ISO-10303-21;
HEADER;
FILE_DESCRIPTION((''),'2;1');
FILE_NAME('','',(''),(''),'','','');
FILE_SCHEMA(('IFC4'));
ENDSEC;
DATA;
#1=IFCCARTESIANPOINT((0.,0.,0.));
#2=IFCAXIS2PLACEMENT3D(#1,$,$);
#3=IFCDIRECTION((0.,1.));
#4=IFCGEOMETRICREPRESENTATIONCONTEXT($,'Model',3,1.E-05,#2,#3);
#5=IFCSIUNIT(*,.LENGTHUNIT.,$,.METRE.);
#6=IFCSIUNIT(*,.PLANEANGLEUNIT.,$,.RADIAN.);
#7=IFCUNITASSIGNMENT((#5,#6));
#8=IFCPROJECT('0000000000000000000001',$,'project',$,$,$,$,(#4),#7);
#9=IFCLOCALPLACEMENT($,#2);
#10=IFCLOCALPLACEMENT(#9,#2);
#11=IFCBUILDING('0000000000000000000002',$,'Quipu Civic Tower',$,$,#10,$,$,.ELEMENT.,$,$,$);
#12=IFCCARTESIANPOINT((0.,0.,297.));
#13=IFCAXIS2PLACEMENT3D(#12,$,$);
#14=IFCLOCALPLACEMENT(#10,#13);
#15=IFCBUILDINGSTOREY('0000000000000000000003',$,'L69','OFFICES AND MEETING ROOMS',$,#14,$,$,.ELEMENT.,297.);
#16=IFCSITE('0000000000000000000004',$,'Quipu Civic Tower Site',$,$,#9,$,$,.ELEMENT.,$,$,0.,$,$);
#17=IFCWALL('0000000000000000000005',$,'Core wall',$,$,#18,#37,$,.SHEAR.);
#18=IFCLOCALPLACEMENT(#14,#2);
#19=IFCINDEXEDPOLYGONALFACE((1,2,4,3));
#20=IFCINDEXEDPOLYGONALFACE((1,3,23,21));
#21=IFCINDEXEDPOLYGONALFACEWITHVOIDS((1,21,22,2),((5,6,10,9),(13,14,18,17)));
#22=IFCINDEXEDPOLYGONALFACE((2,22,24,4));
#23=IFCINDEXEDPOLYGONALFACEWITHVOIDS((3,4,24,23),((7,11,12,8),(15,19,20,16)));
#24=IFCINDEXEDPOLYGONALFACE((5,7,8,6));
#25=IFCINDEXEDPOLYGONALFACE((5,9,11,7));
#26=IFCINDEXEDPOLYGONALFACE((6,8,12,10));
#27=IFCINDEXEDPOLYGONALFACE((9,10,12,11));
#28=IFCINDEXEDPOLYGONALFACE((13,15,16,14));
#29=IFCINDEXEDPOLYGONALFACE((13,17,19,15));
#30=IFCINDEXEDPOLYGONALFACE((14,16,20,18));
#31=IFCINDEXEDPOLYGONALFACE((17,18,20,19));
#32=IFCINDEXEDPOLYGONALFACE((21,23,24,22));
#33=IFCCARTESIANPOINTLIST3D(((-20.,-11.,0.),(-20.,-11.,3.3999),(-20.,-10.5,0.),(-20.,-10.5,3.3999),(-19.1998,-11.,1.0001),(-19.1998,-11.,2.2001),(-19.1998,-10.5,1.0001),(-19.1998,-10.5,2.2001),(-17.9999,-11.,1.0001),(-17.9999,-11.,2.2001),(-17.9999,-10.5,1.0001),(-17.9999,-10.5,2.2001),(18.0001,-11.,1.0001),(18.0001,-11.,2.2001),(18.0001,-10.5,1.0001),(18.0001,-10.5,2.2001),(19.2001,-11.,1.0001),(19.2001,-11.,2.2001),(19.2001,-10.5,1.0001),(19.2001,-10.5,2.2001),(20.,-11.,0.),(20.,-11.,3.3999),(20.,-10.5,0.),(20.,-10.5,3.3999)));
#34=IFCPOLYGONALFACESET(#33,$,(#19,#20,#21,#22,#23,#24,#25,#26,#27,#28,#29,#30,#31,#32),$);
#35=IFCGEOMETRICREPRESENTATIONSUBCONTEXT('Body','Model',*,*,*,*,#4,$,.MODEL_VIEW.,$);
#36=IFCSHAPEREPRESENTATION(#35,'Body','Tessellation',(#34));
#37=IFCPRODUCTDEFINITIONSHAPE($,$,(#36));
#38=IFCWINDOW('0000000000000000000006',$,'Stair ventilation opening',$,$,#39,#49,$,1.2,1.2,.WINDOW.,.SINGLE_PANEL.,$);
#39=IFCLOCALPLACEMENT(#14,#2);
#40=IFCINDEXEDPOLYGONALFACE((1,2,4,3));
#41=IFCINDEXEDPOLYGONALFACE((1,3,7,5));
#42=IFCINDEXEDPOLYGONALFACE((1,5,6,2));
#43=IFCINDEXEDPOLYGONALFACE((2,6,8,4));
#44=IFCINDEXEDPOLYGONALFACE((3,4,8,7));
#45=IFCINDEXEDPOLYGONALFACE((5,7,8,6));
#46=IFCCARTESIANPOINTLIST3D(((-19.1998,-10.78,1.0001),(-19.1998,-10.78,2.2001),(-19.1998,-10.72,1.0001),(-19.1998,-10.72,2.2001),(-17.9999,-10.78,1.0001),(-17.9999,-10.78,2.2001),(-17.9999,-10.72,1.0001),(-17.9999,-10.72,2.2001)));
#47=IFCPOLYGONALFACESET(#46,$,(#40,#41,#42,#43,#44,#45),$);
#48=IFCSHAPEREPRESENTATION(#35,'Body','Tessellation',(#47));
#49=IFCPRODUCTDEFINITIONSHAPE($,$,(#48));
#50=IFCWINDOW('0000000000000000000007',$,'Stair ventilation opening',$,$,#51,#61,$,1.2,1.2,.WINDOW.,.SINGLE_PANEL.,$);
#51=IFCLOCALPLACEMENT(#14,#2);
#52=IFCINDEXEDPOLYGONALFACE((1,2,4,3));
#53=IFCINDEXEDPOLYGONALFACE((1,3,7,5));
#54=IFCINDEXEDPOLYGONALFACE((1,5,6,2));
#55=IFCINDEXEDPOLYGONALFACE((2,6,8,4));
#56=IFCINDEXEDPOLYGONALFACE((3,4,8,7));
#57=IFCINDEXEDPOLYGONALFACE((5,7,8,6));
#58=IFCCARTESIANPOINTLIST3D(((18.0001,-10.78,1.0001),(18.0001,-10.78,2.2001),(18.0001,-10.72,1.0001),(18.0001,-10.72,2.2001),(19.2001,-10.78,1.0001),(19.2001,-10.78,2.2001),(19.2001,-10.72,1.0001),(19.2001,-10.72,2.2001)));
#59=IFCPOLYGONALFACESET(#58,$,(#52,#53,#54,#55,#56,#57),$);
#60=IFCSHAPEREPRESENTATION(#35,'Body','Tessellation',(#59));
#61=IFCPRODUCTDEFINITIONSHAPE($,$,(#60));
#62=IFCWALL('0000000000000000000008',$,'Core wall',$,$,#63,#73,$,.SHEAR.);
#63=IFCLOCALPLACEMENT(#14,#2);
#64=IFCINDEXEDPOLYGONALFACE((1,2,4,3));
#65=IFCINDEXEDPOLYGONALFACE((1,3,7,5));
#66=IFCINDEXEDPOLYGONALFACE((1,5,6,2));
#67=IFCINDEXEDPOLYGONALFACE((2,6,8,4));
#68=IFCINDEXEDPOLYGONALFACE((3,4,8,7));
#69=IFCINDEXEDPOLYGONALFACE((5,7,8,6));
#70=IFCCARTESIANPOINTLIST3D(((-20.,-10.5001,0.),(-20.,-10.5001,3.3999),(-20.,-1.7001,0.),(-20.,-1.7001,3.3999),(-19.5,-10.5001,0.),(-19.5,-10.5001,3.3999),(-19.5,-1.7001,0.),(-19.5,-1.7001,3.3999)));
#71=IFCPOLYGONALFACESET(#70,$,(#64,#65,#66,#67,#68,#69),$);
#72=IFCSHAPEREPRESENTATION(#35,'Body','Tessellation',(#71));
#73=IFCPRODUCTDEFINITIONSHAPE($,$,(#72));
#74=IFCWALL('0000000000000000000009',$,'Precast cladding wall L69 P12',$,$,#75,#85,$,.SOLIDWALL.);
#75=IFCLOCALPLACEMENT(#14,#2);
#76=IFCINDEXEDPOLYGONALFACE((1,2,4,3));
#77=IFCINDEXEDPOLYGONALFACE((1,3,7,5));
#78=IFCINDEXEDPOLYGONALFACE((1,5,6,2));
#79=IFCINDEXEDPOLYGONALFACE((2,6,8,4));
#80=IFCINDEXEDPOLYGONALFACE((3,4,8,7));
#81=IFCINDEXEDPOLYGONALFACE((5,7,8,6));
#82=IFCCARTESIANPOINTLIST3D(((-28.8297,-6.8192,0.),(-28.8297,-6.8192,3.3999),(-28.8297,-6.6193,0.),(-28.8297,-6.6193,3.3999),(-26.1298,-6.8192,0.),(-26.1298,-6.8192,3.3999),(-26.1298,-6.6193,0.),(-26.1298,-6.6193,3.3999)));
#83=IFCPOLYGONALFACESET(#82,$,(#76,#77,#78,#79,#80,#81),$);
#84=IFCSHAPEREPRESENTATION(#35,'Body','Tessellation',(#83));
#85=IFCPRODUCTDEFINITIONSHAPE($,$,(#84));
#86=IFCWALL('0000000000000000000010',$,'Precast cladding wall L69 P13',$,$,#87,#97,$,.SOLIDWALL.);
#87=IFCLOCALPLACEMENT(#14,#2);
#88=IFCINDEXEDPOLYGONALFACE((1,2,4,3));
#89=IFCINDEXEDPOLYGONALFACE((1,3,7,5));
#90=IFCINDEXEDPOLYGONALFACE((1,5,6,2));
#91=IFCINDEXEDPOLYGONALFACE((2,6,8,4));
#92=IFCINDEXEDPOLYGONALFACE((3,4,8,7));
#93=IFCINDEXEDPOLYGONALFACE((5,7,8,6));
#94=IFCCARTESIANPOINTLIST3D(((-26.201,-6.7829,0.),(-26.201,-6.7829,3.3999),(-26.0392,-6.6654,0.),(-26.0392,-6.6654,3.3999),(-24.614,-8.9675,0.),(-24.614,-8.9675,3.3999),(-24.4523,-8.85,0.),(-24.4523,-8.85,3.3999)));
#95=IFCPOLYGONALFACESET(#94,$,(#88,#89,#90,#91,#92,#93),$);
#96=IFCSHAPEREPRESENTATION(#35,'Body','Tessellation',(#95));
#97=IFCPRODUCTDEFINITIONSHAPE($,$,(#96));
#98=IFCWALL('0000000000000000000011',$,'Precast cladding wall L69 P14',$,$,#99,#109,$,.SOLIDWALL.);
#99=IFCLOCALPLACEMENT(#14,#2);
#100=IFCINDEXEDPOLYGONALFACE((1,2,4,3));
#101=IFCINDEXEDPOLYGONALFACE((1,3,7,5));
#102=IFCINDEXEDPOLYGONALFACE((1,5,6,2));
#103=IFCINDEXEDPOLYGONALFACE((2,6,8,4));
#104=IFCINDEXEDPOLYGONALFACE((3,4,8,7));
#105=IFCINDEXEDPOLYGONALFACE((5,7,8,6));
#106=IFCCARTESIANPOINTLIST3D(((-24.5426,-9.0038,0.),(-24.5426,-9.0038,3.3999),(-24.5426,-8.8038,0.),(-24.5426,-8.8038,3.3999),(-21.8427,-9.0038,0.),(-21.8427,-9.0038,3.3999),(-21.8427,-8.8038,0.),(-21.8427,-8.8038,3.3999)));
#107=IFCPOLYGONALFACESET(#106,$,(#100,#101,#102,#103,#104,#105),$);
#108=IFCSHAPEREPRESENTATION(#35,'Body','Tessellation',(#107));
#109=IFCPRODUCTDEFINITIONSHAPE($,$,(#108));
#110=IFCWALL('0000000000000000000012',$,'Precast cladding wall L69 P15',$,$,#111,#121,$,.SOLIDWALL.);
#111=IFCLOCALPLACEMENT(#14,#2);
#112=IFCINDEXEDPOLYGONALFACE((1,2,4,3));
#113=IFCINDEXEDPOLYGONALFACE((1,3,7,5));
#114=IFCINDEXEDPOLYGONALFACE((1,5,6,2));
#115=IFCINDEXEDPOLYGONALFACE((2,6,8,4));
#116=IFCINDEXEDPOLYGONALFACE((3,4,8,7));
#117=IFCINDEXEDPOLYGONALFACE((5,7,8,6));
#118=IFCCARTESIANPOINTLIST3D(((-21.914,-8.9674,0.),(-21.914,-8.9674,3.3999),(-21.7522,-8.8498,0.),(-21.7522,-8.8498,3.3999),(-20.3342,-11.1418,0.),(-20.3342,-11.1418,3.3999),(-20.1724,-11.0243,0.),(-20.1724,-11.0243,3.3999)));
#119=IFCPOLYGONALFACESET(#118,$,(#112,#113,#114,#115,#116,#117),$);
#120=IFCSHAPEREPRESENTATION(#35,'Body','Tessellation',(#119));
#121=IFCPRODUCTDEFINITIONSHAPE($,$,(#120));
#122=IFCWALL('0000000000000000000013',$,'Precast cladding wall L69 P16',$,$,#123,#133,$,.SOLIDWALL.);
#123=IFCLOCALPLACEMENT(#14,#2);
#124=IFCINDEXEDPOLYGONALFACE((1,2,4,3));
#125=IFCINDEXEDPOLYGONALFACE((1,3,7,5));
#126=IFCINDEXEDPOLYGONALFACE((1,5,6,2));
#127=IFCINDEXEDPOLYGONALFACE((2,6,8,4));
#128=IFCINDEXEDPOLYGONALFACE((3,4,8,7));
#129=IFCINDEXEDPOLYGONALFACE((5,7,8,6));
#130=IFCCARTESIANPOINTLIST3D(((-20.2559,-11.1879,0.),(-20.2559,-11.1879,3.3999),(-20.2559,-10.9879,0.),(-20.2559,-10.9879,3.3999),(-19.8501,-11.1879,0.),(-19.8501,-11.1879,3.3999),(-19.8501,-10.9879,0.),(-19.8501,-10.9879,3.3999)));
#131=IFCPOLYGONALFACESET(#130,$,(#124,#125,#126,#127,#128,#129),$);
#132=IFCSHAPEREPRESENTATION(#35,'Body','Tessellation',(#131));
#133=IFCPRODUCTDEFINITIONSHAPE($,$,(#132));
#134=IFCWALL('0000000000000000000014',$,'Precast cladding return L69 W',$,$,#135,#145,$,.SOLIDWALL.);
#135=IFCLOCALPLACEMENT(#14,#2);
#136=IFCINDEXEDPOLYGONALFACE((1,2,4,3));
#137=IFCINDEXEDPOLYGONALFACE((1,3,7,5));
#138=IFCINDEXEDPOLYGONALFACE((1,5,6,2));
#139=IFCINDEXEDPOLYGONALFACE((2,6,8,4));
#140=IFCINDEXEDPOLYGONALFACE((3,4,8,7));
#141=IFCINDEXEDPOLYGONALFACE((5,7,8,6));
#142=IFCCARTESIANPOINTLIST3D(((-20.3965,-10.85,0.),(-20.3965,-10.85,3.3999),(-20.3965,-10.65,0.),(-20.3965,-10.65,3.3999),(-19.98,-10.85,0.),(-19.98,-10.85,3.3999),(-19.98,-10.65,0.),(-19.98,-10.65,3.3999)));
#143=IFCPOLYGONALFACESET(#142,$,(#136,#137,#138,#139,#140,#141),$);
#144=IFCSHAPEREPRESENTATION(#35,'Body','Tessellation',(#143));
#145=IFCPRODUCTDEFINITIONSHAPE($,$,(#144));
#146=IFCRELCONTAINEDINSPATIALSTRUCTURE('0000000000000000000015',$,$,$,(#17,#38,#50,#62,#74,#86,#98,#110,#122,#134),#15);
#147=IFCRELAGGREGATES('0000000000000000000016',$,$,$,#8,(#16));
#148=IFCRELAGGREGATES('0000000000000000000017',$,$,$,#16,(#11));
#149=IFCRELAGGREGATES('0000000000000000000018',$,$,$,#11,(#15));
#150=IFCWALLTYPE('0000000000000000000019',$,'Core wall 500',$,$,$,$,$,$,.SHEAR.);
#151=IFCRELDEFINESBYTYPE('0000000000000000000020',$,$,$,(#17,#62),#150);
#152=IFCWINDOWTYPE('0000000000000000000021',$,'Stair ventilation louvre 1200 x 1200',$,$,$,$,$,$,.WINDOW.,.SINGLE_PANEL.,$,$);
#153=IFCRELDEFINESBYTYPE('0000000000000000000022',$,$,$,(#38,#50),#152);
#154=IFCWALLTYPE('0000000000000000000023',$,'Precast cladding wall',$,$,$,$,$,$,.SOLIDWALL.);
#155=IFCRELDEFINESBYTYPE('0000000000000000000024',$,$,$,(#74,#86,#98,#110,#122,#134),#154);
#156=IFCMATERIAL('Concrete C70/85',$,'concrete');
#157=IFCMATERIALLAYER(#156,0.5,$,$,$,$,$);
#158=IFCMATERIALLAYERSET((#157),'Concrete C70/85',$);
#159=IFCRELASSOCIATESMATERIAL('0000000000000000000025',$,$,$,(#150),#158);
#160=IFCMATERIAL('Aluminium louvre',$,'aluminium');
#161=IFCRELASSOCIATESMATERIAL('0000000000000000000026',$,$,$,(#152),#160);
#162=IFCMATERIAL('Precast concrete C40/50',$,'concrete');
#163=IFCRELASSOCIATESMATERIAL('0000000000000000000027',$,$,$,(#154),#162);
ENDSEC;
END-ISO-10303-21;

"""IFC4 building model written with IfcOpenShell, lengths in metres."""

from ifc_helpers import new_model, si_unit, direction, frame, frame_2d, origin, place, context, subcontext, project, spatial, rectangle, extrude, material, layer, layer_set, type_object, element, fill, save


model = new_model("IFC4")

# Units and contexts
model_context = context("Model", 3, precision=1e-05, world=origin(), true_north=direction((0.0, 1.0)))
body_context = subcontext(model_context, "Body", "Model", "MODEL_VIEW")
ifc_project = project(units=[si_unit("LENGTHUNIT", "METRE"), si_unit("PLANEANGLEUNIT", "RADIAN")], contexts=[model_context])

# Site, building, storey
site_placement = place(None, origin())
site = spatial("IfcSite", under=ifc_project, at=site_placement, Name="Quipu Civic Tower Site", CompositionType="ELEMENT", RefElevation=0.0)
building_placement = place(site_placement, origin())
building = spatial("IfcBuilding", under=site, at=building_placement, Name="Quipu Civic Tower", CompositionType="ELEMENT")
storey_placement = place(building_placement, frame((0.0, 0.0, 297.0)))
storey = spatial("IfcBuildingStorey", under=building, at=storey_placement, Name="L69", Description="OFFICES AND MEETING ROOMS", CompositionType="ELEMENT", Elevation=297.0)

# Wall, openings, windows
ifc_material_1 = material(Name="Concrete C70/85", Category="concrete")
ifc_layer_1 = layer(ifc_material_1, 0.5)
ifc_layer_set_1 = layer_set([ifc_layer_1], Name="Concrete C70/85")
wall_type_1 = type_object("IfcWallType", Name="Core wall 500", PredefinedType="SHEAR", material=ifc_layer_set_1)
wall_1_placement = place(storey_placement, frame((-20.0, -10.75, 0.0), z_axis=(0.0, 0.0, 1.0), x_axis=(1.0, 0.0, 0.0)))
wall_1 = element("IfcWall", 1, at=wall_1_placement, inside=storey, type_object=wall_type_1, Name="Core wall", PredefinedType="SHEAR", context=body_context, shape_type="SweptSolid", body=[
    extrude(rectangle(XDim=40.0, YDim=0.5, at=frame_2d((20.0, 0.0))), origin(), (0.0, 0.0, 1.0), 3.3999),
])
opening_1_placement = place(wall_1_placement, frame((0.8, 0.0, 1.0)))
opening_1 = element("IfcOpeningElement", 2, at=opening_1_placement, cuts=wall_1, PredefinedType="OPENING", context=body_context, shape_type="SweptSolid", body=[
    extrude(rectangle(XDim=1.2, YDim=1.2, at=frame_2d((0.6001, 0.6001))), frame((0.0, 0.26, 0.0), z_axis=(0.0, -1.0, 0.0), x_axis=(1.0, 0.0, 0.0)), (0.0, 0.0, 1.0), 0.52),
])
opening_2_placement = place(wall_1_placement, frame((38.0, 0.0, 1.0)))
opening_2 = element("IfcOpeningElement", 3, at=opening_2_placement, cuts=wall_1, PredefinedType="OPENING", context=body_context, shape_type="SweptSolid", body=[
    extrude(rectangle(XDim=1.2, YDim=1.2, at=frame_2d((0.6001, 0.6001))), frame((0.0, 0.26, 0.0), z_axis=(0.0, -1.0, 0.0), x_axis=(1.0, 0.0, 0.0)), (0.0, 0.0, 1.0), 0.52),
])
ifc_material_2 = material(Name="Aluminium louvre", Category="aluminium")
window_type = type_object("IfcWindowType", Name="Stair ventilation louvre 1200 x 1200", PartitioningType="SINGLE_PANEL", PredefinedType="WINDOW", material=ifc_material_2)
window_1_placement = place(opening_1_placement, origin())
window_1 = element("IfcWindow", 4, at=window_1_placement, inside=storey, type_object=window_type, Name="Stair ventilation opening", OverallHeight=1.2, OverallWidth=1.2, PartitioningType="SINGLE_PANEL", PredefinedType="WINDOW", context=body_context, shape_type="SweptSolid", body=[
    extrude(rectangle(XDim=1.2, YDim=1.2, at=frame_2d((0.6001, 0.6001))), frame((0.0, 0.03, 0.0), z_axis=(0.0, -1.0, 0.0), x_axis=(1.0, 0.0, 0.0)), (0.0, 0.0, 1.0), 0.0601),
])
fill(opening_1, window_1)
window_2_placement = place(opening_2_placement, origin())
window_2 = element("IfcWindow", 5, at=window_2_placement, inside=storey, type_object=window_type, Name="Stair ventilation opening", OverallHeight=1.2, OverallWidth=1.2, PartitioningType="SINGLE_PANEL", PredefinedType="WINDOW", context=body_context, shape_type="SweptSolid", body=[
    extrude(rectangle(XDim=1.2, YDim=1.2, at=frame_2d((0.6001, 0.6001))), frame((0.0, 0.03, 0.0), z_axis=(0.0, -1.0, 0.0), x_axis=(1.0, 0.0, 0.0)), (0.0, 0.0, 1.0), 0.0601),
])
fill(opening_2, window_2)

# Walls
wall_2_placement = place(storey_placement, frame((-19.75, -10.5, 0.0), z_axis=(0.0, 0.0, 1.0), x_axis=(0.0, 1.0, 0.0)))
element("IfcWall", 6, at=wall_2_placement, inside=storey, type_object=wall_type_1, Name="Core wall", PredefinedType="SHEAR", context=body_context, shape_type="SweptSolid", body=[
    extrude(rectangle(XDim=8.8, YDim=0.5, at=frame_2d((4.3999, 0.0))), origin(), (0.0, 0.0, 1.0), 3.3999),
])
ifc_material_3 = material(Name="Precast concrete C40/50", Category="concrete")
wall_type_2 = type_object("IfcWallType", Name="Precast cladding wall", PredefinedType="SOLIDWALL", material=ifc_material_3)
wall_3_placement = place(storey_placement, frame((-28.8298, -6.7192, 0.0), z_axis=(0.0, 0.0, 1.0), x_axis=(1.0, 0.0, 0.0)))
element("IfcWall", 7, at=wall_3_placement, inside=storey, type_object=wall_type_2, Name="Precast cladding wall L69 P12", PredefinedType="SOLIDWALL", context=body_context, shape_type="SweptSolid", body=[
    extrude(rectangle(XDim=2.7, YDim=0.2, at=frame_2d((1.3501, 0.0))), origin(), (0.0, 0.0, 1.0), 3.3999),
])
wall_4_placement = place(storey_placement, frame((-26.1201, -6.7241, 0.0), z_axis=(0.0, 0.0, 1.0), x_axis=(0.58772, -0.809064, 0.0)))
element("IfcWall", 8, at=wall_4_placement, inside=storey, type_object=wall_type_2, Name="Precast cladding wall L69 P13", PredefinedType="SOLIDWALL", context=body_context, shape_type="SweptSolid", body=[
    extrude(rectangle(XDim=2.7002, YDim=0.2, at=frame_2d((1.3501, 0.0))), origin(), (0.0, 0.0, 1.0), 3.3999),
])
wall_5_placement = place(storey_placement, frame((-24.5427, -8.9038, 0.0), z_axis=(0.0, 0.0, 1.0), x_axis=(1.0, 0.0, 0.0)))
element("IfcWall", 9, at=wall_5_placement, inside=storey, type_object=wall_type_2, Name="Precast cladding wall L69 P14", PredefinedType="SOLIDWALL", context=body_context, shape_type="SweptSolid", body=[
    extrude(rectangle(XDim=2.7, YDim=0.2, at=frame_2d((1.3501, 0.0))), origin(), (0.0, 0.0, 1.0), 3.3999),
])
wall_6_placement = place(storey_placement, frame((-21.833, -8.9087, 0.0), z_axis=(0.0, 0.0, 1.0), x_axis=(0.587767, -0.809031, 0.0)))
element("IfcWall", 10, at=wall_6_placement, inside=storey, type_object=wall_type_2, Name="Precast cladding wall L69 P15", PredefinedType="SOLIDWALL", context=body_context, shape_type="SweptSolid", body=[
    extrude(rectangle(XDim=2.6877, YDim=0.2, at=frame_2d((1.3438, 0.0))), origin(), (0.0, 0.0, 1.0), 3.3999),
])
wall_7_placement = place(storey_placement, frame((-20.2559, -11.0879, 0.0), z_axis=(0.0, 0.0, 1.0), x_axis=(1.0, 0.0, 0.0)))
element("IfcWall", 11, at=wall_7_placement, inside=storey, type_object=wall_type_2, Name="Precast cladding wall L69 P16", PredefinedType="SOLIDWALL", context=body_context, shape_type="SweptSolid", body=[
    extrude(rectangle(XDim=0.4058, YDim=0.2, at=frame_2d((0.2029, 0.0))), origin(), (0.0, 0.0, 1.0), 3.3999),
])
wall_8_placement = place(storey_placement, frame((-19.98, -10.75, 0.0), z_axis=(0.0, 0.0, 1.0), x_axis=(-1.0, 0.0, 0.0)))
element("IfcWall", 12, at=wall_8_placement, inside=storey, type_object=wall_type_2, Name="Precast cladding return L69 W", PredefinedType="SOLIDWALL", context=body_context, shape_type="SweptSolid", body=[
    extrude(rectangle(XDim=0.4165, YDim=0.2, at=frame_2d((0.2083, 0.0))), origin(), (0.0, 0.0, 1.0), 3.3999),
])

save(model, "model.ifc")
